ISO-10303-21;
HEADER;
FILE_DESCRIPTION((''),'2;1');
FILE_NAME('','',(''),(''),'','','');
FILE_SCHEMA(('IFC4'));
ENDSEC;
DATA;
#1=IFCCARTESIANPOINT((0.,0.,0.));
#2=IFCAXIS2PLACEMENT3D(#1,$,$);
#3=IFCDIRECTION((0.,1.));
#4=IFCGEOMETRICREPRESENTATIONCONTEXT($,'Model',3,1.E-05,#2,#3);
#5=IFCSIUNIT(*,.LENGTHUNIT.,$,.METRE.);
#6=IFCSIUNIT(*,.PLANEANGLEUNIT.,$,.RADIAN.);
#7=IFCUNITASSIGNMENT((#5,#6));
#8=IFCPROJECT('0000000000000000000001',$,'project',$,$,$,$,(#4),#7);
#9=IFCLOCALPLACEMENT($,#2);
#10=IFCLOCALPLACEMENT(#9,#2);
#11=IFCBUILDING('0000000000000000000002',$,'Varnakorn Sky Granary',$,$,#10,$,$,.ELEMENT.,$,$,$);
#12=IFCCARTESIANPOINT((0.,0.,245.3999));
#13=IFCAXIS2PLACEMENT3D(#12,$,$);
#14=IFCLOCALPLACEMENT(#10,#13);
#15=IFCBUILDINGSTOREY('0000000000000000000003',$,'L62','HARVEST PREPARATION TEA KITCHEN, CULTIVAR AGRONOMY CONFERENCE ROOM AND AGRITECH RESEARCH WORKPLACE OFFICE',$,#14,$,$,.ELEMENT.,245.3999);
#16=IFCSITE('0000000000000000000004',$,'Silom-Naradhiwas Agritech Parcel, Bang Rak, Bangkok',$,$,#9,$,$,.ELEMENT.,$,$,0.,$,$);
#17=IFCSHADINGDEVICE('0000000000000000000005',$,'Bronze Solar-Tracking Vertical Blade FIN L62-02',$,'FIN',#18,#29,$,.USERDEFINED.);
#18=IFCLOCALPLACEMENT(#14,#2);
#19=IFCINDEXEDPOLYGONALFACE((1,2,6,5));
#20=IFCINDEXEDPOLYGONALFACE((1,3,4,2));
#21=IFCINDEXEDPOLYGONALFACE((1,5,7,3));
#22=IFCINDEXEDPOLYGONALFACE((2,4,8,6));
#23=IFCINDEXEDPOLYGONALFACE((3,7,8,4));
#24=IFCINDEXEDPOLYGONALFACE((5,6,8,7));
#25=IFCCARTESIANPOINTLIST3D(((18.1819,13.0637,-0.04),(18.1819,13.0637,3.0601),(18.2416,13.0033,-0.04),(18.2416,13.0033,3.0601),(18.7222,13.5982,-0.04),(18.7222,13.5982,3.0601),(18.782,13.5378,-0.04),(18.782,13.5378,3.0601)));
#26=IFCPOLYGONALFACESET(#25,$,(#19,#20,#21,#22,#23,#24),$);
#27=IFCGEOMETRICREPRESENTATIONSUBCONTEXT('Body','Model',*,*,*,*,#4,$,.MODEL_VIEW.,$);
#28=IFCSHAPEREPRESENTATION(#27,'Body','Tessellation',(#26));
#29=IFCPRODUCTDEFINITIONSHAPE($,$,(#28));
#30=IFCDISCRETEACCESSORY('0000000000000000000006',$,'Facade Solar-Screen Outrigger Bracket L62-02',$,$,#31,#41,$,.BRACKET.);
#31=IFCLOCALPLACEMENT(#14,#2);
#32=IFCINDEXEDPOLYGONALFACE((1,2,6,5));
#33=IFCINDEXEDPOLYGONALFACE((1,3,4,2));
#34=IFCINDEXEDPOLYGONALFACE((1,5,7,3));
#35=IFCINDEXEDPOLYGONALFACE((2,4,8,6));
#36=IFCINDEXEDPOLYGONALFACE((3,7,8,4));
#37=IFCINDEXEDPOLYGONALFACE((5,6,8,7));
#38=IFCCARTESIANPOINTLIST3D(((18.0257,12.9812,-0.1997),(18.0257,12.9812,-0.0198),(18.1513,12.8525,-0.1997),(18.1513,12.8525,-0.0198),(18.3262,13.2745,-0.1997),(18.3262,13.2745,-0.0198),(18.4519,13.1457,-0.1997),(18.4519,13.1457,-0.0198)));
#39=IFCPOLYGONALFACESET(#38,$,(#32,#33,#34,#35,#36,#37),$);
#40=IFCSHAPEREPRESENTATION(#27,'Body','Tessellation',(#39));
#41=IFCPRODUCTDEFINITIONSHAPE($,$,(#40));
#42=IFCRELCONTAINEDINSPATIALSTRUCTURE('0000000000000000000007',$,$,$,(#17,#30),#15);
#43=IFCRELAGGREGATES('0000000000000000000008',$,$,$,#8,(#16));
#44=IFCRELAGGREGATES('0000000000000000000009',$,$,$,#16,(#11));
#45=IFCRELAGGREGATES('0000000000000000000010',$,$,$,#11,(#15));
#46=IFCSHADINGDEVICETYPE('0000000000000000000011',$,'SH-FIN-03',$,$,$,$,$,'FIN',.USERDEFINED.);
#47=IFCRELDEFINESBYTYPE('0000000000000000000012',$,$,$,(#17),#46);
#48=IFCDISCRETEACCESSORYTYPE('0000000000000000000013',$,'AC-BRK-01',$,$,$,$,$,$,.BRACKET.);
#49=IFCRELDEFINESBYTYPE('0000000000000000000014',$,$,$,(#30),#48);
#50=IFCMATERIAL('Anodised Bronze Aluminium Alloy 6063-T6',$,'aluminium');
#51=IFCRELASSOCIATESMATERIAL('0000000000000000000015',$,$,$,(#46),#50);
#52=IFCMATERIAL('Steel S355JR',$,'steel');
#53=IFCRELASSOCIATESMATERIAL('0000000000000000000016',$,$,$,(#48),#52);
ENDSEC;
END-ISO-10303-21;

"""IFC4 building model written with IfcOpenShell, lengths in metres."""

from ifc_helpers import new_model, si_unit, direction, frame, origin, origin_2d, place, context, subcontext, project, spatial, rectangle, extrude, source, transform, mapped, material, type_object, type_shapes, element, save


model = new_model("IFC4")

# Units and contexts
model_context = context("Model", 3, precision=1e-05, world=origin(), true_north=direction((0.0, 1.0)))
body_context = subcontext(model_context, "Body", "Model", "MODEL_VIEW")
ifc_project = project(units=[si_unit("LENGTHUNIT", "METRE"), si_unit("PLANEANGLEUNIT", "RADIAN")], contexts=[model_context])

# Site, building, storey
site_placement = place(None, origin())
site = spatial("IfcSite", under=ifc_project, at=site_placement, Name="Silom-Naradhiwas Agritech Parcel, Bang Rak, Bangkok", CompositionType="ELEMENT", RefElevation=0.0)
building_placement = place(site_placement, origin())
building = spatial("IfcBuilding", under=site, at=building_placement, Name="Varnakorn Sky Granary", CompositionType="ELEMENT")
storey_placement = place(building_placement, frame((0.0, 0.0, 245.3999)))
storey = spatial("IfcBuildingStorey", under=building, at=storey_placement, Name="L62", Description="HARVEST PREPARATION TEA KITCHEN, CULTIVAR AGRONOMY CONFERENCE ROOM AND AGRITECH RESEARCH WORKPLACE OFFICE", CompositionType="ELEMENT", Elevation=245.3999)

# Shared definitions
ifc_material_1 = material(Name="Steel S355JR", Category="steel")

# Shared definitions
ifc_material_2 = material(Name="Anodised Bronze Aluminium Alloy 6063-T6", Category="aluminium")

# Shading device
shading_device_type = type_object("IfcShadingDeviceType", Name="SH-FIN-03", ElementType="FIN", PredefinedType="USERDEFINED", material=ifc_material_2)
shared_shape_1 = source(origin(), body_context, "Body", "SweptSolid", [
    extrude(rectangle(XDim=0.085, YDim=0.76, at=origin_2d()), origin(), (0.0, 0.0, 1.0), 3.1001),
])
type_shapes(shading_device_type, [shared_shape_1])
shading_device_placement = place(storey_placement, frame((18.4819, 13.3008, -0.04), z_axis=(0.0, 0.0, 1.0), x_axis=(-0.703258, 0.710934, 0.0)))
element("IfcShadingDevice", 1, at=shading_device_placement, inside=storey, type_object=shading_device_type, Name="Bronze Solar-Tracking Vertical Blade FIN L62-02", ObjectType="FIN", PredefinedType="USERDEFINED", context=body_context, shape_type="MappedRepresentation", body=[
    mapped(shared_shape_1, transform((0.0, 0.0, 0.0), x_axis=(1.0, 0.0, 0.0), y_axis=(0.0, 1.0, 0.0), z_axis=(0.0, 0.0, 1.0), scale=1.0)),
])

# Discrete accessory
discrete_accessory_type = type_object("IfcDiscreteAccessoryType", Name="AC-BRK-01", PredefinedType="BRACKET", material=ifc_material_1)
shared_shape_2 = source(origin(), body_context, "Body", "SweptSolid", [
    extrude(rectangle(XDim=0.1799, YDim=0.4199, at=origin_2d()), origin(), (0.0, 0.0, 1.0), 0.1799),
])
type_shapes(discrete_accessory_type, [shared_shape_2])
discrete_accessory_placement = place(storey_placement, frame((18.2388, 13.0635, -0.1997), z_axis=(0.0, 0.0, 1.0), x_axis=(-0.698361, 0.715745, 0.0)))
element("IfcDiscreteAccessory", 2, at=discrete_accessory_placement, inside=storey, type_object=discrete_accessory_type, Name="Facade Solar-Screen Outrigger Bracket L62-02", PredefinedType="BRACKET", context=body_context, shape_type="MappedRepresentation", body=[
    mapped(shared_shape_2, transform((0.0, 0.0, 0.0), x_axis=(1.0, 0.0, 0.0), y_axis=(0.0, 1.0, 0.0), z_axis=(0.0, 0.0, 1.0), scale=1.0)),
])

save(model, "model.ifc")
